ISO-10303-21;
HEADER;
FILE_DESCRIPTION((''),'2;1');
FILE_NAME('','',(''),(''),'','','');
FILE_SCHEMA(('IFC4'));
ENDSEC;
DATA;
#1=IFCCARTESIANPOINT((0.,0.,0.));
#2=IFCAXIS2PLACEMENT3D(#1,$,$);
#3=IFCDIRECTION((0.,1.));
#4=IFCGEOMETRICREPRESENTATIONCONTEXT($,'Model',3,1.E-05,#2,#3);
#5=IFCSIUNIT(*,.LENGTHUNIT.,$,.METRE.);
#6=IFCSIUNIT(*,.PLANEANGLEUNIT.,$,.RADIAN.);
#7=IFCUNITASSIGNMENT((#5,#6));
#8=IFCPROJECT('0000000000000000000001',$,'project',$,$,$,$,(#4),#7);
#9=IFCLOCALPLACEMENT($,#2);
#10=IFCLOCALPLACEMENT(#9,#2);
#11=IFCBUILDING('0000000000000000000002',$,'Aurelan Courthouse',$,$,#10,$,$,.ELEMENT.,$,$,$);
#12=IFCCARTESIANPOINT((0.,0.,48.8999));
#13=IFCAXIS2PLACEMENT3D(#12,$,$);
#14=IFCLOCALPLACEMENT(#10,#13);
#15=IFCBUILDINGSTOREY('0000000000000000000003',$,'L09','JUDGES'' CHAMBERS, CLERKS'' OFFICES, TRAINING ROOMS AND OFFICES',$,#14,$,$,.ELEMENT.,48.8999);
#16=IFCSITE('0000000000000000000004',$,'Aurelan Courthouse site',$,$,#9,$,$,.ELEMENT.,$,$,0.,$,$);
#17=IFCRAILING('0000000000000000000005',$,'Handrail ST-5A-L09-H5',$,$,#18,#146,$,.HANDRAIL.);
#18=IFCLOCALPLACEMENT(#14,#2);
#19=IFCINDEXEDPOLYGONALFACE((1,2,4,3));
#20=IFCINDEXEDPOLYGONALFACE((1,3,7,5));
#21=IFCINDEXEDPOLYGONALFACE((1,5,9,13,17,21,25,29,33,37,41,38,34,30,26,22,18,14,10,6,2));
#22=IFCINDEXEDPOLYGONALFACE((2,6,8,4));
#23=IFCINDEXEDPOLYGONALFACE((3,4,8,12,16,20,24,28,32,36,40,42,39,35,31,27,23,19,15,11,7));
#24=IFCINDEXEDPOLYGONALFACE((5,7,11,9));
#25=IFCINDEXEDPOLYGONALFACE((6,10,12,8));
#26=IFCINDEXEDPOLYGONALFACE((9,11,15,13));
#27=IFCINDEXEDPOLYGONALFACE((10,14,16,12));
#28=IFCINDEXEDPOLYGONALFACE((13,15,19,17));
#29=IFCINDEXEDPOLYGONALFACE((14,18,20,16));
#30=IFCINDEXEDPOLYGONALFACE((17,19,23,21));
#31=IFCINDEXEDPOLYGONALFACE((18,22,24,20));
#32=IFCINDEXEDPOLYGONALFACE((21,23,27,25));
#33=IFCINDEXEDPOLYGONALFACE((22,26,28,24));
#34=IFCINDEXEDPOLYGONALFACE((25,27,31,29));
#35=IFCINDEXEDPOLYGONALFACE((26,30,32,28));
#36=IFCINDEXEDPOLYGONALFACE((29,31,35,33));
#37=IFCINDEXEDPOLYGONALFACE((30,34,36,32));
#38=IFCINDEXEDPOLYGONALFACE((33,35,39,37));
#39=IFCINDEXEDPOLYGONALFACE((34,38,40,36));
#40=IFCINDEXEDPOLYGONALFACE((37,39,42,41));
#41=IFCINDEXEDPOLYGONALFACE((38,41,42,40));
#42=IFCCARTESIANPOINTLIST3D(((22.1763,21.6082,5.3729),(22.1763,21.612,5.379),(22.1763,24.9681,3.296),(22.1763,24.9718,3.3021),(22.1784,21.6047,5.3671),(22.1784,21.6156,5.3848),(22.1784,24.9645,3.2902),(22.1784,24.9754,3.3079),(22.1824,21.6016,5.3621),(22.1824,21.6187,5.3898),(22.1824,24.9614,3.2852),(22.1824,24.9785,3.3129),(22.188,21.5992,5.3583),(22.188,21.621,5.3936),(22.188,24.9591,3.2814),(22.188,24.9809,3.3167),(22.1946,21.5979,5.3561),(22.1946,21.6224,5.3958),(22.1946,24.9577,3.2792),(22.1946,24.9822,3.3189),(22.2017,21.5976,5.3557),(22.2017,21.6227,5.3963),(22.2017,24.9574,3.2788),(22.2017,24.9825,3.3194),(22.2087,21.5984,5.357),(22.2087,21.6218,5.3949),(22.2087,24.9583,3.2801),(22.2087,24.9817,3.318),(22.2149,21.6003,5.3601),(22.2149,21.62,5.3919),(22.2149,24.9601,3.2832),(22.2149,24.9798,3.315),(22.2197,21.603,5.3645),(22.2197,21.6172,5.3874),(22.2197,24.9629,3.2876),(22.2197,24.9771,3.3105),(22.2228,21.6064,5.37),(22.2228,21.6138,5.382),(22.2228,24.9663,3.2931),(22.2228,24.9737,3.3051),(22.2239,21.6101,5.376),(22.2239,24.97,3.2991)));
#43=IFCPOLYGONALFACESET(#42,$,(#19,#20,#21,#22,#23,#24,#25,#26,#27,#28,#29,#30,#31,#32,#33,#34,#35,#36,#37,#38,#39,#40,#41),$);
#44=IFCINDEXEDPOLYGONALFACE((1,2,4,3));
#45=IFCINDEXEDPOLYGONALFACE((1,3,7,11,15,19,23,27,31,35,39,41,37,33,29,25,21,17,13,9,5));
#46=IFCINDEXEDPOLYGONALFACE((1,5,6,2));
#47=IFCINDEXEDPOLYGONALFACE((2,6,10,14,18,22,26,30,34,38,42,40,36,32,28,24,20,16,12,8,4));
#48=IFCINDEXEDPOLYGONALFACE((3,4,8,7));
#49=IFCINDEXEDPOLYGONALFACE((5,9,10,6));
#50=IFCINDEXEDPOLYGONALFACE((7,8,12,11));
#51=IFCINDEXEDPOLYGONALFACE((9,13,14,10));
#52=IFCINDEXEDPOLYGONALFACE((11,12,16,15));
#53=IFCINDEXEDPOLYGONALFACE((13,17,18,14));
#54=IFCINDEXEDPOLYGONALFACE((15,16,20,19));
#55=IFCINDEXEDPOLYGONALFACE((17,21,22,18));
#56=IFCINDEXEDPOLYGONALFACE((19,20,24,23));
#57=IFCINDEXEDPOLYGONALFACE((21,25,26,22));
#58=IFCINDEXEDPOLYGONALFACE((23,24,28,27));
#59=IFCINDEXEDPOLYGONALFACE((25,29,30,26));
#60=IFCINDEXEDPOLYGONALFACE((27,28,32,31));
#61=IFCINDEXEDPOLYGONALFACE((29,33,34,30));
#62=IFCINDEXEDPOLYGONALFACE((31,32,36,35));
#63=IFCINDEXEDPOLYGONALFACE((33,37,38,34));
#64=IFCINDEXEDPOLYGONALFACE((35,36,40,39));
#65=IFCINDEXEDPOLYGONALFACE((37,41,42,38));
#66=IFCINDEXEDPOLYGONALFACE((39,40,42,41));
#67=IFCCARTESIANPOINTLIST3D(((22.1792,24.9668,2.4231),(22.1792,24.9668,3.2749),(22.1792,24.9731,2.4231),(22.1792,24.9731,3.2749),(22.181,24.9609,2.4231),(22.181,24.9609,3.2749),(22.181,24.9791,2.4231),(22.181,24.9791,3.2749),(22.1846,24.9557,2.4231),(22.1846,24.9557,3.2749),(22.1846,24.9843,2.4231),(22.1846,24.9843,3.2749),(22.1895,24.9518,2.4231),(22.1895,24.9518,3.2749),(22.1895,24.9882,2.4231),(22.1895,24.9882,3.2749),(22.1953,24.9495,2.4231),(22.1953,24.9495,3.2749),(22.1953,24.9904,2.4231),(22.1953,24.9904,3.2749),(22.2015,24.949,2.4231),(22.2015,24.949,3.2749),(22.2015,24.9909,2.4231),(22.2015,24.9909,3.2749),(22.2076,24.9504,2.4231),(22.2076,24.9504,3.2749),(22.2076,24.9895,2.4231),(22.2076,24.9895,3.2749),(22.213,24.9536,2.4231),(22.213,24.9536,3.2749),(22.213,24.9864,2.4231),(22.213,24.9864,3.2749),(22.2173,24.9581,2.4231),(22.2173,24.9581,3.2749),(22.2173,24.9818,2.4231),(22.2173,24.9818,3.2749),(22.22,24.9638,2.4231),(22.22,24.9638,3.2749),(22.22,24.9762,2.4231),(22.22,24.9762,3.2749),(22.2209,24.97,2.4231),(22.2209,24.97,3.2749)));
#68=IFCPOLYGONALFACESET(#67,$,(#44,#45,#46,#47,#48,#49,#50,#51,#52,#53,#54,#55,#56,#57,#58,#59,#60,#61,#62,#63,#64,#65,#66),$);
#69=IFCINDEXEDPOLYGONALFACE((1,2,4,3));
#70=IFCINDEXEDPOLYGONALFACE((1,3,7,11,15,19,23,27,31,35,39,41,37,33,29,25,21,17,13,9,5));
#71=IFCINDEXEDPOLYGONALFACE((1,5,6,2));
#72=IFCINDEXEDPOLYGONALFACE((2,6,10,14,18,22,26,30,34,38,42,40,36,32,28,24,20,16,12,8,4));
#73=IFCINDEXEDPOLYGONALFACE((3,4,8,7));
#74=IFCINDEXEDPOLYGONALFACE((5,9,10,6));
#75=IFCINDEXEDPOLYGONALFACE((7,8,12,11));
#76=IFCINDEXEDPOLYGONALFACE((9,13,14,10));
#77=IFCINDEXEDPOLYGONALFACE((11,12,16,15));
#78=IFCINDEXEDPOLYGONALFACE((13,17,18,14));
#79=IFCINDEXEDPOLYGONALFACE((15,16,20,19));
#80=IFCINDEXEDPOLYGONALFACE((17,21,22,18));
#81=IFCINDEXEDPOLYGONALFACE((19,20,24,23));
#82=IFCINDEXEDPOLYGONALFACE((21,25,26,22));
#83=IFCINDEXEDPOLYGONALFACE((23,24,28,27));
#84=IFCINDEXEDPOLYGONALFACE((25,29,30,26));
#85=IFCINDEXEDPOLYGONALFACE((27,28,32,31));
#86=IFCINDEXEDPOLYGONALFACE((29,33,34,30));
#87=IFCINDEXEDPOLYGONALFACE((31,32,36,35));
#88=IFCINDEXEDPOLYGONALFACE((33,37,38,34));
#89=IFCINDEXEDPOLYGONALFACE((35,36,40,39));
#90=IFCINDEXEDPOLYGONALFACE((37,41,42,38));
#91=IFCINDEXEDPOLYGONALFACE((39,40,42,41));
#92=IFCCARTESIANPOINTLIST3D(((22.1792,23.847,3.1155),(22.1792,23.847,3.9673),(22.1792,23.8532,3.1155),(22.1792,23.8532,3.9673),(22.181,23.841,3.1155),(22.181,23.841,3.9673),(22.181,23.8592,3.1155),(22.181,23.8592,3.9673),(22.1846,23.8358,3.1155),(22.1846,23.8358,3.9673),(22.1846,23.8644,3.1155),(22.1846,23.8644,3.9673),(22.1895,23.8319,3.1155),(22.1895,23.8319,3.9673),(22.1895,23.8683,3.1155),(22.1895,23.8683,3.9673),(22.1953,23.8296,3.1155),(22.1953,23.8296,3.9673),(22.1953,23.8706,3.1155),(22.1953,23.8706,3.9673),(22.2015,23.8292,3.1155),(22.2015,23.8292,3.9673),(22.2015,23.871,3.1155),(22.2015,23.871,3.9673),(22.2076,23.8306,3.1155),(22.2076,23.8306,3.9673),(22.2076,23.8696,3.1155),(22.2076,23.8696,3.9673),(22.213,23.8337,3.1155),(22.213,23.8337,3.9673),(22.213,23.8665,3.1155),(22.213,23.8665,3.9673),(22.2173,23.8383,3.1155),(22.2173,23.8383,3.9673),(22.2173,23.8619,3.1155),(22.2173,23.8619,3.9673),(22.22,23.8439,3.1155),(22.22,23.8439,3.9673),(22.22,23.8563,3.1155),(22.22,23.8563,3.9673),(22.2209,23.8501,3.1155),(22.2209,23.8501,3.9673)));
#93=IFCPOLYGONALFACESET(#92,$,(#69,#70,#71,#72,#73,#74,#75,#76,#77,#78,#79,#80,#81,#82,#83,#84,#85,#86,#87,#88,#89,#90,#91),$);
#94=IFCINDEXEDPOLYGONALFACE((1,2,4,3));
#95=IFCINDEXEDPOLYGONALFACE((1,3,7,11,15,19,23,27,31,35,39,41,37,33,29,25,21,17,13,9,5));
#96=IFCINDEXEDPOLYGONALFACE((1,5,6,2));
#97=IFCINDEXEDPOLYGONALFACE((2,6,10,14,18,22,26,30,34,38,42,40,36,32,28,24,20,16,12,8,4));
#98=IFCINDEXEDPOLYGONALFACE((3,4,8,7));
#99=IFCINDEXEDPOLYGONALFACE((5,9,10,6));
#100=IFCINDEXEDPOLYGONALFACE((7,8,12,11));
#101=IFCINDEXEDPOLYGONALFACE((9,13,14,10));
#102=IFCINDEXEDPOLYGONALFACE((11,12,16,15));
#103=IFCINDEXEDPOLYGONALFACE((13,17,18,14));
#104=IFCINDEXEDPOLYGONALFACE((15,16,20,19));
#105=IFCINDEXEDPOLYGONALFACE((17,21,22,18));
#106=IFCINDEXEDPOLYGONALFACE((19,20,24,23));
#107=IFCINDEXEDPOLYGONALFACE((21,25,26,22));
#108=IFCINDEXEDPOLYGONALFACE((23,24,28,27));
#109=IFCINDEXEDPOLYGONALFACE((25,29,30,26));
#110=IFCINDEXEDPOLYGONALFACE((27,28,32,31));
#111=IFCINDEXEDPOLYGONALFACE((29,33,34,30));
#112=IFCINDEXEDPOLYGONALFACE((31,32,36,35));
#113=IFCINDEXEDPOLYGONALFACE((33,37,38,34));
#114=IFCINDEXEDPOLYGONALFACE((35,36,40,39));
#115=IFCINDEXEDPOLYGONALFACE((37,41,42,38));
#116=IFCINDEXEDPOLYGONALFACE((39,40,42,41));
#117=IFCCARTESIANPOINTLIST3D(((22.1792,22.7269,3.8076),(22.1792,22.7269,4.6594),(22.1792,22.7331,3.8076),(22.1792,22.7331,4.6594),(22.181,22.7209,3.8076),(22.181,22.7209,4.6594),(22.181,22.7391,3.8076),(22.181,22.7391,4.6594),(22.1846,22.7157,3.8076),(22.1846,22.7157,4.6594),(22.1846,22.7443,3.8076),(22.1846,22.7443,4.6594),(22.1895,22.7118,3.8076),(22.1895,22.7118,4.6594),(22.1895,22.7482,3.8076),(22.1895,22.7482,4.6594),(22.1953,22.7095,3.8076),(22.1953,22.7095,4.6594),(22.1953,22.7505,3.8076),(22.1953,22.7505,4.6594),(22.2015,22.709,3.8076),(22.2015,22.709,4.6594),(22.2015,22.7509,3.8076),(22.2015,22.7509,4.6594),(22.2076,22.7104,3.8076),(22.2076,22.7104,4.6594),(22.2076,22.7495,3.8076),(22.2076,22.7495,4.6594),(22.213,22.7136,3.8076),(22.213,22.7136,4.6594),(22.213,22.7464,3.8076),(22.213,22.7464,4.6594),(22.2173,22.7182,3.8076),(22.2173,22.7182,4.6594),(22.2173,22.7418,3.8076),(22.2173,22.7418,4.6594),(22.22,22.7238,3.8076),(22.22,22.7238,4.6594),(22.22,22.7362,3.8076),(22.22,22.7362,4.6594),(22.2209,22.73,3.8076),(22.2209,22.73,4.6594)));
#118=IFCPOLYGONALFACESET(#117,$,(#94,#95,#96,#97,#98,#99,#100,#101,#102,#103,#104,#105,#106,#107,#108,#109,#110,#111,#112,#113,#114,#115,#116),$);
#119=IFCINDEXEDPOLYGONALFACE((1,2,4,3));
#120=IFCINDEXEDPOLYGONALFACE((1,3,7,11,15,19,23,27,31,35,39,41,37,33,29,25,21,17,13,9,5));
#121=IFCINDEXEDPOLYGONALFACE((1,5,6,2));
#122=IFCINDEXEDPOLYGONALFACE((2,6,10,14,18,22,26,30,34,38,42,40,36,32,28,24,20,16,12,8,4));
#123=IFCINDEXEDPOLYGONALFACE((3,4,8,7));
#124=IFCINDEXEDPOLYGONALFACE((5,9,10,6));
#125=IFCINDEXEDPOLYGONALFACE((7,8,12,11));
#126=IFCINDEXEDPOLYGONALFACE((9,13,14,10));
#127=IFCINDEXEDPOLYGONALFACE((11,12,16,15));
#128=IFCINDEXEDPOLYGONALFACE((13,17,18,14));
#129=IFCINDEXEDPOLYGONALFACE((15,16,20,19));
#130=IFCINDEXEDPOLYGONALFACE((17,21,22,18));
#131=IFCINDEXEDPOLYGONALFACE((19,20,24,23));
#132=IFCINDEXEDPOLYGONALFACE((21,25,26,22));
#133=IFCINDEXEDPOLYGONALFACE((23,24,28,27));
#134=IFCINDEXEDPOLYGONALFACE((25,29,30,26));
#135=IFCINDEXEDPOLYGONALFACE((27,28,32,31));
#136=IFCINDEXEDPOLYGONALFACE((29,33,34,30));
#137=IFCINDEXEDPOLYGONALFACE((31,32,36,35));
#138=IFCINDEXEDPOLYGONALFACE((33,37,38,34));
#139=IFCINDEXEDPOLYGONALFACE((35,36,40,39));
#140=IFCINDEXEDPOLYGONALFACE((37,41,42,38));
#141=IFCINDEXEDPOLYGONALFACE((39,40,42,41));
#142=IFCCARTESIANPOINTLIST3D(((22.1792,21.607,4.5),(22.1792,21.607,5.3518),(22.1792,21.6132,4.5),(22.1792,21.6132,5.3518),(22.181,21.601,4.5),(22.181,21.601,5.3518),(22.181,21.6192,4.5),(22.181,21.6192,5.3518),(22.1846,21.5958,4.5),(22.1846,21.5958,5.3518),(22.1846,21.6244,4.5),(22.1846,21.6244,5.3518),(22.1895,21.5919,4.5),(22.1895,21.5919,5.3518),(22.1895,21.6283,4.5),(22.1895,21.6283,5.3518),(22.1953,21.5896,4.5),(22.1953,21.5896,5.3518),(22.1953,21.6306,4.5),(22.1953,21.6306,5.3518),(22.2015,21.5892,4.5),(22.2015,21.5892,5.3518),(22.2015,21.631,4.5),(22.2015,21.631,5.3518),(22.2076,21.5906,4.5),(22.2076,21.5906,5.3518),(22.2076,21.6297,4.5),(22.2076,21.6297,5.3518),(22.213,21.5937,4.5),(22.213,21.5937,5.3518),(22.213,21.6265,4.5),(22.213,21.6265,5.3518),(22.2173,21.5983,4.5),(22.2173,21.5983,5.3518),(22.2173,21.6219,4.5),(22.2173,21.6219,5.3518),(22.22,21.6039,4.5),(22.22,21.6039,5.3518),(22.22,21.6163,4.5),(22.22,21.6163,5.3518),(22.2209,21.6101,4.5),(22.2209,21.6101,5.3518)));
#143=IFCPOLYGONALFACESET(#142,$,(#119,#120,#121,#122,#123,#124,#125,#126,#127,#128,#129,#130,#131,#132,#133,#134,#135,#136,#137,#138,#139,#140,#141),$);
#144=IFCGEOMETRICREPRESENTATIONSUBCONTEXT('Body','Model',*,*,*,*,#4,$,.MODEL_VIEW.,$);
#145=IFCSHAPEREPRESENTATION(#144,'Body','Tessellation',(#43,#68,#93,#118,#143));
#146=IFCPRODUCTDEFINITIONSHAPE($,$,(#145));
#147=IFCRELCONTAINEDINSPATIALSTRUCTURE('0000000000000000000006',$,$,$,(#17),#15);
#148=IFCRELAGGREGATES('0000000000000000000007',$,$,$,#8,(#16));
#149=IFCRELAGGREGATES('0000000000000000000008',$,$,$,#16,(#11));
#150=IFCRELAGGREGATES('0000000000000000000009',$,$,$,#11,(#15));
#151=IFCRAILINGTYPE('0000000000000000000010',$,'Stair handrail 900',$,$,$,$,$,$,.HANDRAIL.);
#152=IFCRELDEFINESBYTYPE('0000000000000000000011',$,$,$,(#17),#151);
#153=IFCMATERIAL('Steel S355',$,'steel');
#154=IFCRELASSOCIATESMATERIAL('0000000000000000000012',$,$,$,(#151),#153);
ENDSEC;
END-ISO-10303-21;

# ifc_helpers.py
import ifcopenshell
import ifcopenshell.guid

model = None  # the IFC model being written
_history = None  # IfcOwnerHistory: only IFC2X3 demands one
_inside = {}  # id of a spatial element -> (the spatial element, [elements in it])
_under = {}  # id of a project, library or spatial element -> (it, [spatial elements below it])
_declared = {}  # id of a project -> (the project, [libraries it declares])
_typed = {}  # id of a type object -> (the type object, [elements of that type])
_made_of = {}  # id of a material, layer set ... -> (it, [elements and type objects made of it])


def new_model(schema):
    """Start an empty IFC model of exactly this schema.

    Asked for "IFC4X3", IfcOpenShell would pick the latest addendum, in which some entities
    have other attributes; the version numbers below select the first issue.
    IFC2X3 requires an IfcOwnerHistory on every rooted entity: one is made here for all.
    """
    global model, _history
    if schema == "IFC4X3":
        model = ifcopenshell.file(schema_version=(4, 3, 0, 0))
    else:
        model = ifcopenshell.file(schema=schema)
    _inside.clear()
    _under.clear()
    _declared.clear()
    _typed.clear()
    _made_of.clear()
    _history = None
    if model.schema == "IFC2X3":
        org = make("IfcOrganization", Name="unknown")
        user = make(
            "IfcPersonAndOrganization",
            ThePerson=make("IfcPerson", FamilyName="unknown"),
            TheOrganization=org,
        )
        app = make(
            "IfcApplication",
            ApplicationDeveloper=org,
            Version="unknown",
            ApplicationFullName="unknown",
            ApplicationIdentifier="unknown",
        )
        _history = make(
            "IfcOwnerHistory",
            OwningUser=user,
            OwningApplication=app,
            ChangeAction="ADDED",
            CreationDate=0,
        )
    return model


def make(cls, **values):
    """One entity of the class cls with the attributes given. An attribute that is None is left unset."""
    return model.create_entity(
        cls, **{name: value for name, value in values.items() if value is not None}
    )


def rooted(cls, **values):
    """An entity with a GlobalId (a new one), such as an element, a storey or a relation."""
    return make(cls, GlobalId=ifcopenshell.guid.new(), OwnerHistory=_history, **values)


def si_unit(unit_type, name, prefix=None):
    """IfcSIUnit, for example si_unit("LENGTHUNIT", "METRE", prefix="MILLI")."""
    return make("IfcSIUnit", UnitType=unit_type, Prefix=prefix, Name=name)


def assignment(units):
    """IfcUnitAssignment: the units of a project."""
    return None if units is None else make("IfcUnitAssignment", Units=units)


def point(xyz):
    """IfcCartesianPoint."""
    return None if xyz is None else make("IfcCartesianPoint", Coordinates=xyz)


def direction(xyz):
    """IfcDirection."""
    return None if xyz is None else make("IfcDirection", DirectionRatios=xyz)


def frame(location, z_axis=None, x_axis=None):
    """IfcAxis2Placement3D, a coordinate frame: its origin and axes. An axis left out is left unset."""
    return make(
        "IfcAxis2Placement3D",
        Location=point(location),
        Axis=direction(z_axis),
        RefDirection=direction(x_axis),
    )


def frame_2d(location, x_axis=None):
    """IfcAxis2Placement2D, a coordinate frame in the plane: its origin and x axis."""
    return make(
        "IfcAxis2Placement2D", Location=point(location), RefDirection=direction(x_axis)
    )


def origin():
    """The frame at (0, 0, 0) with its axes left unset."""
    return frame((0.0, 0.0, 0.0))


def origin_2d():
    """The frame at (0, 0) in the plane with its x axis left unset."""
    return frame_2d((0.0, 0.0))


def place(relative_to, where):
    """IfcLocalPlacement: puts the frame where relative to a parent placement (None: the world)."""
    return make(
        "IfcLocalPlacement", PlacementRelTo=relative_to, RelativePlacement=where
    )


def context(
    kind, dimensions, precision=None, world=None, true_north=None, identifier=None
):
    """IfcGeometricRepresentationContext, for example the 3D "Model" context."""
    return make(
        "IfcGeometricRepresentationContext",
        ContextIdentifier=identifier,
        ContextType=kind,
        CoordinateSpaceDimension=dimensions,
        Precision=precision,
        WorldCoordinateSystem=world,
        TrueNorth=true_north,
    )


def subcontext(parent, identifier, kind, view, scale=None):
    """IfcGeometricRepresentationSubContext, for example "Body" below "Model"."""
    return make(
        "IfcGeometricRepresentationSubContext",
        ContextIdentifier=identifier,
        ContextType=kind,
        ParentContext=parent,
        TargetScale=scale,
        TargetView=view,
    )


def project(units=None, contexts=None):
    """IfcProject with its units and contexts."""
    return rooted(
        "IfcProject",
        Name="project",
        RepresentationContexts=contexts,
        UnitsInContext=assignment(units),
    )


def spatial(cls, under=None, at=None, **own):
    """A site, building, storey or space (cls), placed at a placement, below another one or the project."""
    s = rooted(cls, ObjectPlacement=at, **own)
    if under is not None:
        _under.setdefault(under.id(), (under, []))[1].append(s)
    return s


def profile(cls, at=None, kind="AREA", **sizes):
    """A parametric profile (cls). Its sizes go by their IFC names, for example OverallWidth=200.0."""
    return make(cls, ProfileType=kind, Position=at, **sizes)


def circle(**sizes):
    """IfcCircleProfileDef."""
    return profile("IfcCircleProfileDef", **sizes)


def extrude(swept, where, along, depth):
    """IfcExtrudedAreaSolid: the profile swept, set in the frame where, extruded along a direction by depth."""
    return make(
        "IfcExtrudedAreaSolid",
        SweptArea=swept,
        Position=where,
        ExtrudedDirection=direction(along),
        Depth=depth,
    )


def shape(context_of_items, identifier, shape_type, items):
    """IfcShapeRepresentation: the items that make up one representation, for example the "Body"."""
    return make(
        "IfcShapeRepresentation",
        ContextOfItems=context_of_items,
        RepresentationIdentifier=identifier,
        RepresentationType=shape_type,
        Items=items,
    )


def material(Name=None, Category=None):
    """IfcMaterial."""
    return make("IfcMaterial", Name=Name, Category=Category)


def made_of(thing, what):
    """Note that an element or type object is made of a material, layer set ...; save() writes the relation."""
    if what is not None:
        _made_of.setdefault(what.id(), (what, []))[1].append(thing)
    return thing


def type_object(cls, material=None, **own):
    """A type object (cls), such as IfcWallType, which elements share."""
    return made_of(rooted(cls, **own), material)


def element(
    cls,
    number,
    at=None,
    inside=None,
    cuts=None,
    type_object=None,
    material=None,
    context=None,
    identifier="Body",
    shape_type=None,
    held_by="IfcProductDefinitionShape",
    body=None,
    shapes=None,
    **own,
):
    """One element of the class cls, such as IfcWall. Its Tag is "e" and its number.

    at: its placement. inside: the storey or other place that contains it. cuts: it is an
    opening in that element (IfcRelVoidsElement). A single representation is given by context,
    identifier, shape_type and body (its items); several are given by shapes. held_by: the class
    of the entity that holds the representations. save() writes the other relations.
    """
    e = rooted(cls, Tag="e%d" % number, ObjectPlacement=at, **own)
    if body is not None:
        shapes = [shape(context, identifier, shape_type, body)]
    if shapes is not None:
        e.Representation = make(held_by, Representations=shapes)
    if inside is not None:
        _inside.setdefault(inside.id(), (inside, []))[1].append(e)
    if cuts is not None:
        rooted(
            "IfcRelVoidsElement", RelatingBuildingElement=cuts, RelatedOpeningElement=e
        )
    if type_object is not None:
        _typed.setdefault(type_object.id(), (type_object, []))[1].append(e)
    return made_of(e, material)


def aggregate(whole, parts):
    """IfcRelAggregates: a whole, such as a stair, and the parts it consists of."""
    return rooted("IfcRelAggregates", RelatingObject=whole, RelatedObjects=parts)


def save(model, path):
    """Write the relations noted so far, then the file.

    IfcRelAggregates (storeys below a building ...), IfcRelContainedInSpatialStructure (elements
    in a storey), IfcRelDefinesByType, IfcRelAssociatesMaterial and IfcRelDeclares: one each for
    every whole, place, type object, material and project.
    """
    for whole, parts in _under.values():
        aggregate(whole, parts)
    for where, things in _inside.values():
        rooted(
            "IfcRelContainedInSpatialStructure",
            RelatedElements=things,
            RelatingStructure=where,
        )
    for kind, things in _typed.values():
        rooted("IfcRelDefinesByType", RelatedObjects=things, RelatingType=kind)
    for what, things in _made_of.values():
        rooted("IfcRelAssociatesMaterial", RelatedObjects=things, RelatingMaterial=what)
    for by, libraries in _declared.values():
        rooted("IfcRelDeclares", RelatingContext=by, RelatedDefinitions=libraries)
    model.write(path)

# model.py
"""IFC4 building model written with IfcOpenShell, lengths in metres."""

from ifc_helpers import new_model, si_unit, direction, frame, origin, origin_2d, place, context, subcontext, project, spatial, circle, extrude, material, type_object, element, save


model = new_model("IFC4")

# Units and contexts
model_context = context("Model", 3, precision=1e-05, world=origin(), true_north=direction((0.0, 1.0)))
body_context = subcontext(model_context, "Body", "Model", "MODEL_VIEW")
ifc_project = project(units=[si_unit("LENGTHUNIT", "METRE"), si_unit("PLANEANGLEUNIT", "RADIAN")], contexts=[model_context])

# Site, building, storey
site_placement = place(None, origin())
site = spatial("IfcSite", under=ifc_project, at=site_placement, Name="Aurelan Courthouse site", CompositionType="ELEMENT", RefElevation=0.0)
building_placement = place(site_placement, origin())
building = spatial("IfcBuilding", under=site, at=building_placement, Name="Aurelan Courthouse", CompositionType="ELEMENT")
storey_placement = place(building_placement, frame((0.0, 0.0, 48.8999)))
storey = spatial("IfcBuildingStorey", under=building, at=storey_placement, Name="L09", Description="JUDGES' CHAMBERS, CLERKS' OFFICES, TRAINING ROOMS AND OFFICES", CompositionType="ELEMENT", Elevation=48.8999)

# Railing
ifc_material_1 = material(Name="Steel S355", Category="steel")
railing_type_1 = type_object("IfcRailingType", Name="Stair handrail 900", PredefinedType="HANDRAIL", material=ifc_material_1)
for number, where, name in (
    (1, (22.2, 24.97, 2.4231), "Handrail ST-5A-L09-H5"),
):
    element("IfcRailing", number, at=place(storey_placement, frame(where)), inside=storey, type_object=railing_type_1, Name=name, PredefinedType="HANDRAIL", context=body_context, shape_type="SweptSolid", body=[
        extrude(circle(Radius=0.0239, at=origin_2d()), frame((0.0, 0.0, 0.876), z_axis=(0.0, -0.850606, 0.525803), x_axis=(1.0, 0.0, 0.0)), (0.0, 0.0, 1.0), 3.95),
        extrude(circle(Radius=0.021, at=origin_2d()), origin(), (0.0, 0.0, 1.0), 0.8518),
        extrude(circle(Radius=0.021, at=origin_2d()), frame((0.0, -1.1199, 0.6924)), (0.0, 0.0, 1.0), 0.8518),
        extrude(circle(Radius=0.021, at=origin_2d()), frame((0.0, -2.24, 1.3845)), (0.0, 0.0, 1.0), 0.8518),
        extrude(circle(Radius=0.021, at=origin_2d()), frame((0.0, -3.3599, 2.0769)), (0.0, 0.0, 1.0), 0.8518),
    ])

save(model, "model.ifc")
